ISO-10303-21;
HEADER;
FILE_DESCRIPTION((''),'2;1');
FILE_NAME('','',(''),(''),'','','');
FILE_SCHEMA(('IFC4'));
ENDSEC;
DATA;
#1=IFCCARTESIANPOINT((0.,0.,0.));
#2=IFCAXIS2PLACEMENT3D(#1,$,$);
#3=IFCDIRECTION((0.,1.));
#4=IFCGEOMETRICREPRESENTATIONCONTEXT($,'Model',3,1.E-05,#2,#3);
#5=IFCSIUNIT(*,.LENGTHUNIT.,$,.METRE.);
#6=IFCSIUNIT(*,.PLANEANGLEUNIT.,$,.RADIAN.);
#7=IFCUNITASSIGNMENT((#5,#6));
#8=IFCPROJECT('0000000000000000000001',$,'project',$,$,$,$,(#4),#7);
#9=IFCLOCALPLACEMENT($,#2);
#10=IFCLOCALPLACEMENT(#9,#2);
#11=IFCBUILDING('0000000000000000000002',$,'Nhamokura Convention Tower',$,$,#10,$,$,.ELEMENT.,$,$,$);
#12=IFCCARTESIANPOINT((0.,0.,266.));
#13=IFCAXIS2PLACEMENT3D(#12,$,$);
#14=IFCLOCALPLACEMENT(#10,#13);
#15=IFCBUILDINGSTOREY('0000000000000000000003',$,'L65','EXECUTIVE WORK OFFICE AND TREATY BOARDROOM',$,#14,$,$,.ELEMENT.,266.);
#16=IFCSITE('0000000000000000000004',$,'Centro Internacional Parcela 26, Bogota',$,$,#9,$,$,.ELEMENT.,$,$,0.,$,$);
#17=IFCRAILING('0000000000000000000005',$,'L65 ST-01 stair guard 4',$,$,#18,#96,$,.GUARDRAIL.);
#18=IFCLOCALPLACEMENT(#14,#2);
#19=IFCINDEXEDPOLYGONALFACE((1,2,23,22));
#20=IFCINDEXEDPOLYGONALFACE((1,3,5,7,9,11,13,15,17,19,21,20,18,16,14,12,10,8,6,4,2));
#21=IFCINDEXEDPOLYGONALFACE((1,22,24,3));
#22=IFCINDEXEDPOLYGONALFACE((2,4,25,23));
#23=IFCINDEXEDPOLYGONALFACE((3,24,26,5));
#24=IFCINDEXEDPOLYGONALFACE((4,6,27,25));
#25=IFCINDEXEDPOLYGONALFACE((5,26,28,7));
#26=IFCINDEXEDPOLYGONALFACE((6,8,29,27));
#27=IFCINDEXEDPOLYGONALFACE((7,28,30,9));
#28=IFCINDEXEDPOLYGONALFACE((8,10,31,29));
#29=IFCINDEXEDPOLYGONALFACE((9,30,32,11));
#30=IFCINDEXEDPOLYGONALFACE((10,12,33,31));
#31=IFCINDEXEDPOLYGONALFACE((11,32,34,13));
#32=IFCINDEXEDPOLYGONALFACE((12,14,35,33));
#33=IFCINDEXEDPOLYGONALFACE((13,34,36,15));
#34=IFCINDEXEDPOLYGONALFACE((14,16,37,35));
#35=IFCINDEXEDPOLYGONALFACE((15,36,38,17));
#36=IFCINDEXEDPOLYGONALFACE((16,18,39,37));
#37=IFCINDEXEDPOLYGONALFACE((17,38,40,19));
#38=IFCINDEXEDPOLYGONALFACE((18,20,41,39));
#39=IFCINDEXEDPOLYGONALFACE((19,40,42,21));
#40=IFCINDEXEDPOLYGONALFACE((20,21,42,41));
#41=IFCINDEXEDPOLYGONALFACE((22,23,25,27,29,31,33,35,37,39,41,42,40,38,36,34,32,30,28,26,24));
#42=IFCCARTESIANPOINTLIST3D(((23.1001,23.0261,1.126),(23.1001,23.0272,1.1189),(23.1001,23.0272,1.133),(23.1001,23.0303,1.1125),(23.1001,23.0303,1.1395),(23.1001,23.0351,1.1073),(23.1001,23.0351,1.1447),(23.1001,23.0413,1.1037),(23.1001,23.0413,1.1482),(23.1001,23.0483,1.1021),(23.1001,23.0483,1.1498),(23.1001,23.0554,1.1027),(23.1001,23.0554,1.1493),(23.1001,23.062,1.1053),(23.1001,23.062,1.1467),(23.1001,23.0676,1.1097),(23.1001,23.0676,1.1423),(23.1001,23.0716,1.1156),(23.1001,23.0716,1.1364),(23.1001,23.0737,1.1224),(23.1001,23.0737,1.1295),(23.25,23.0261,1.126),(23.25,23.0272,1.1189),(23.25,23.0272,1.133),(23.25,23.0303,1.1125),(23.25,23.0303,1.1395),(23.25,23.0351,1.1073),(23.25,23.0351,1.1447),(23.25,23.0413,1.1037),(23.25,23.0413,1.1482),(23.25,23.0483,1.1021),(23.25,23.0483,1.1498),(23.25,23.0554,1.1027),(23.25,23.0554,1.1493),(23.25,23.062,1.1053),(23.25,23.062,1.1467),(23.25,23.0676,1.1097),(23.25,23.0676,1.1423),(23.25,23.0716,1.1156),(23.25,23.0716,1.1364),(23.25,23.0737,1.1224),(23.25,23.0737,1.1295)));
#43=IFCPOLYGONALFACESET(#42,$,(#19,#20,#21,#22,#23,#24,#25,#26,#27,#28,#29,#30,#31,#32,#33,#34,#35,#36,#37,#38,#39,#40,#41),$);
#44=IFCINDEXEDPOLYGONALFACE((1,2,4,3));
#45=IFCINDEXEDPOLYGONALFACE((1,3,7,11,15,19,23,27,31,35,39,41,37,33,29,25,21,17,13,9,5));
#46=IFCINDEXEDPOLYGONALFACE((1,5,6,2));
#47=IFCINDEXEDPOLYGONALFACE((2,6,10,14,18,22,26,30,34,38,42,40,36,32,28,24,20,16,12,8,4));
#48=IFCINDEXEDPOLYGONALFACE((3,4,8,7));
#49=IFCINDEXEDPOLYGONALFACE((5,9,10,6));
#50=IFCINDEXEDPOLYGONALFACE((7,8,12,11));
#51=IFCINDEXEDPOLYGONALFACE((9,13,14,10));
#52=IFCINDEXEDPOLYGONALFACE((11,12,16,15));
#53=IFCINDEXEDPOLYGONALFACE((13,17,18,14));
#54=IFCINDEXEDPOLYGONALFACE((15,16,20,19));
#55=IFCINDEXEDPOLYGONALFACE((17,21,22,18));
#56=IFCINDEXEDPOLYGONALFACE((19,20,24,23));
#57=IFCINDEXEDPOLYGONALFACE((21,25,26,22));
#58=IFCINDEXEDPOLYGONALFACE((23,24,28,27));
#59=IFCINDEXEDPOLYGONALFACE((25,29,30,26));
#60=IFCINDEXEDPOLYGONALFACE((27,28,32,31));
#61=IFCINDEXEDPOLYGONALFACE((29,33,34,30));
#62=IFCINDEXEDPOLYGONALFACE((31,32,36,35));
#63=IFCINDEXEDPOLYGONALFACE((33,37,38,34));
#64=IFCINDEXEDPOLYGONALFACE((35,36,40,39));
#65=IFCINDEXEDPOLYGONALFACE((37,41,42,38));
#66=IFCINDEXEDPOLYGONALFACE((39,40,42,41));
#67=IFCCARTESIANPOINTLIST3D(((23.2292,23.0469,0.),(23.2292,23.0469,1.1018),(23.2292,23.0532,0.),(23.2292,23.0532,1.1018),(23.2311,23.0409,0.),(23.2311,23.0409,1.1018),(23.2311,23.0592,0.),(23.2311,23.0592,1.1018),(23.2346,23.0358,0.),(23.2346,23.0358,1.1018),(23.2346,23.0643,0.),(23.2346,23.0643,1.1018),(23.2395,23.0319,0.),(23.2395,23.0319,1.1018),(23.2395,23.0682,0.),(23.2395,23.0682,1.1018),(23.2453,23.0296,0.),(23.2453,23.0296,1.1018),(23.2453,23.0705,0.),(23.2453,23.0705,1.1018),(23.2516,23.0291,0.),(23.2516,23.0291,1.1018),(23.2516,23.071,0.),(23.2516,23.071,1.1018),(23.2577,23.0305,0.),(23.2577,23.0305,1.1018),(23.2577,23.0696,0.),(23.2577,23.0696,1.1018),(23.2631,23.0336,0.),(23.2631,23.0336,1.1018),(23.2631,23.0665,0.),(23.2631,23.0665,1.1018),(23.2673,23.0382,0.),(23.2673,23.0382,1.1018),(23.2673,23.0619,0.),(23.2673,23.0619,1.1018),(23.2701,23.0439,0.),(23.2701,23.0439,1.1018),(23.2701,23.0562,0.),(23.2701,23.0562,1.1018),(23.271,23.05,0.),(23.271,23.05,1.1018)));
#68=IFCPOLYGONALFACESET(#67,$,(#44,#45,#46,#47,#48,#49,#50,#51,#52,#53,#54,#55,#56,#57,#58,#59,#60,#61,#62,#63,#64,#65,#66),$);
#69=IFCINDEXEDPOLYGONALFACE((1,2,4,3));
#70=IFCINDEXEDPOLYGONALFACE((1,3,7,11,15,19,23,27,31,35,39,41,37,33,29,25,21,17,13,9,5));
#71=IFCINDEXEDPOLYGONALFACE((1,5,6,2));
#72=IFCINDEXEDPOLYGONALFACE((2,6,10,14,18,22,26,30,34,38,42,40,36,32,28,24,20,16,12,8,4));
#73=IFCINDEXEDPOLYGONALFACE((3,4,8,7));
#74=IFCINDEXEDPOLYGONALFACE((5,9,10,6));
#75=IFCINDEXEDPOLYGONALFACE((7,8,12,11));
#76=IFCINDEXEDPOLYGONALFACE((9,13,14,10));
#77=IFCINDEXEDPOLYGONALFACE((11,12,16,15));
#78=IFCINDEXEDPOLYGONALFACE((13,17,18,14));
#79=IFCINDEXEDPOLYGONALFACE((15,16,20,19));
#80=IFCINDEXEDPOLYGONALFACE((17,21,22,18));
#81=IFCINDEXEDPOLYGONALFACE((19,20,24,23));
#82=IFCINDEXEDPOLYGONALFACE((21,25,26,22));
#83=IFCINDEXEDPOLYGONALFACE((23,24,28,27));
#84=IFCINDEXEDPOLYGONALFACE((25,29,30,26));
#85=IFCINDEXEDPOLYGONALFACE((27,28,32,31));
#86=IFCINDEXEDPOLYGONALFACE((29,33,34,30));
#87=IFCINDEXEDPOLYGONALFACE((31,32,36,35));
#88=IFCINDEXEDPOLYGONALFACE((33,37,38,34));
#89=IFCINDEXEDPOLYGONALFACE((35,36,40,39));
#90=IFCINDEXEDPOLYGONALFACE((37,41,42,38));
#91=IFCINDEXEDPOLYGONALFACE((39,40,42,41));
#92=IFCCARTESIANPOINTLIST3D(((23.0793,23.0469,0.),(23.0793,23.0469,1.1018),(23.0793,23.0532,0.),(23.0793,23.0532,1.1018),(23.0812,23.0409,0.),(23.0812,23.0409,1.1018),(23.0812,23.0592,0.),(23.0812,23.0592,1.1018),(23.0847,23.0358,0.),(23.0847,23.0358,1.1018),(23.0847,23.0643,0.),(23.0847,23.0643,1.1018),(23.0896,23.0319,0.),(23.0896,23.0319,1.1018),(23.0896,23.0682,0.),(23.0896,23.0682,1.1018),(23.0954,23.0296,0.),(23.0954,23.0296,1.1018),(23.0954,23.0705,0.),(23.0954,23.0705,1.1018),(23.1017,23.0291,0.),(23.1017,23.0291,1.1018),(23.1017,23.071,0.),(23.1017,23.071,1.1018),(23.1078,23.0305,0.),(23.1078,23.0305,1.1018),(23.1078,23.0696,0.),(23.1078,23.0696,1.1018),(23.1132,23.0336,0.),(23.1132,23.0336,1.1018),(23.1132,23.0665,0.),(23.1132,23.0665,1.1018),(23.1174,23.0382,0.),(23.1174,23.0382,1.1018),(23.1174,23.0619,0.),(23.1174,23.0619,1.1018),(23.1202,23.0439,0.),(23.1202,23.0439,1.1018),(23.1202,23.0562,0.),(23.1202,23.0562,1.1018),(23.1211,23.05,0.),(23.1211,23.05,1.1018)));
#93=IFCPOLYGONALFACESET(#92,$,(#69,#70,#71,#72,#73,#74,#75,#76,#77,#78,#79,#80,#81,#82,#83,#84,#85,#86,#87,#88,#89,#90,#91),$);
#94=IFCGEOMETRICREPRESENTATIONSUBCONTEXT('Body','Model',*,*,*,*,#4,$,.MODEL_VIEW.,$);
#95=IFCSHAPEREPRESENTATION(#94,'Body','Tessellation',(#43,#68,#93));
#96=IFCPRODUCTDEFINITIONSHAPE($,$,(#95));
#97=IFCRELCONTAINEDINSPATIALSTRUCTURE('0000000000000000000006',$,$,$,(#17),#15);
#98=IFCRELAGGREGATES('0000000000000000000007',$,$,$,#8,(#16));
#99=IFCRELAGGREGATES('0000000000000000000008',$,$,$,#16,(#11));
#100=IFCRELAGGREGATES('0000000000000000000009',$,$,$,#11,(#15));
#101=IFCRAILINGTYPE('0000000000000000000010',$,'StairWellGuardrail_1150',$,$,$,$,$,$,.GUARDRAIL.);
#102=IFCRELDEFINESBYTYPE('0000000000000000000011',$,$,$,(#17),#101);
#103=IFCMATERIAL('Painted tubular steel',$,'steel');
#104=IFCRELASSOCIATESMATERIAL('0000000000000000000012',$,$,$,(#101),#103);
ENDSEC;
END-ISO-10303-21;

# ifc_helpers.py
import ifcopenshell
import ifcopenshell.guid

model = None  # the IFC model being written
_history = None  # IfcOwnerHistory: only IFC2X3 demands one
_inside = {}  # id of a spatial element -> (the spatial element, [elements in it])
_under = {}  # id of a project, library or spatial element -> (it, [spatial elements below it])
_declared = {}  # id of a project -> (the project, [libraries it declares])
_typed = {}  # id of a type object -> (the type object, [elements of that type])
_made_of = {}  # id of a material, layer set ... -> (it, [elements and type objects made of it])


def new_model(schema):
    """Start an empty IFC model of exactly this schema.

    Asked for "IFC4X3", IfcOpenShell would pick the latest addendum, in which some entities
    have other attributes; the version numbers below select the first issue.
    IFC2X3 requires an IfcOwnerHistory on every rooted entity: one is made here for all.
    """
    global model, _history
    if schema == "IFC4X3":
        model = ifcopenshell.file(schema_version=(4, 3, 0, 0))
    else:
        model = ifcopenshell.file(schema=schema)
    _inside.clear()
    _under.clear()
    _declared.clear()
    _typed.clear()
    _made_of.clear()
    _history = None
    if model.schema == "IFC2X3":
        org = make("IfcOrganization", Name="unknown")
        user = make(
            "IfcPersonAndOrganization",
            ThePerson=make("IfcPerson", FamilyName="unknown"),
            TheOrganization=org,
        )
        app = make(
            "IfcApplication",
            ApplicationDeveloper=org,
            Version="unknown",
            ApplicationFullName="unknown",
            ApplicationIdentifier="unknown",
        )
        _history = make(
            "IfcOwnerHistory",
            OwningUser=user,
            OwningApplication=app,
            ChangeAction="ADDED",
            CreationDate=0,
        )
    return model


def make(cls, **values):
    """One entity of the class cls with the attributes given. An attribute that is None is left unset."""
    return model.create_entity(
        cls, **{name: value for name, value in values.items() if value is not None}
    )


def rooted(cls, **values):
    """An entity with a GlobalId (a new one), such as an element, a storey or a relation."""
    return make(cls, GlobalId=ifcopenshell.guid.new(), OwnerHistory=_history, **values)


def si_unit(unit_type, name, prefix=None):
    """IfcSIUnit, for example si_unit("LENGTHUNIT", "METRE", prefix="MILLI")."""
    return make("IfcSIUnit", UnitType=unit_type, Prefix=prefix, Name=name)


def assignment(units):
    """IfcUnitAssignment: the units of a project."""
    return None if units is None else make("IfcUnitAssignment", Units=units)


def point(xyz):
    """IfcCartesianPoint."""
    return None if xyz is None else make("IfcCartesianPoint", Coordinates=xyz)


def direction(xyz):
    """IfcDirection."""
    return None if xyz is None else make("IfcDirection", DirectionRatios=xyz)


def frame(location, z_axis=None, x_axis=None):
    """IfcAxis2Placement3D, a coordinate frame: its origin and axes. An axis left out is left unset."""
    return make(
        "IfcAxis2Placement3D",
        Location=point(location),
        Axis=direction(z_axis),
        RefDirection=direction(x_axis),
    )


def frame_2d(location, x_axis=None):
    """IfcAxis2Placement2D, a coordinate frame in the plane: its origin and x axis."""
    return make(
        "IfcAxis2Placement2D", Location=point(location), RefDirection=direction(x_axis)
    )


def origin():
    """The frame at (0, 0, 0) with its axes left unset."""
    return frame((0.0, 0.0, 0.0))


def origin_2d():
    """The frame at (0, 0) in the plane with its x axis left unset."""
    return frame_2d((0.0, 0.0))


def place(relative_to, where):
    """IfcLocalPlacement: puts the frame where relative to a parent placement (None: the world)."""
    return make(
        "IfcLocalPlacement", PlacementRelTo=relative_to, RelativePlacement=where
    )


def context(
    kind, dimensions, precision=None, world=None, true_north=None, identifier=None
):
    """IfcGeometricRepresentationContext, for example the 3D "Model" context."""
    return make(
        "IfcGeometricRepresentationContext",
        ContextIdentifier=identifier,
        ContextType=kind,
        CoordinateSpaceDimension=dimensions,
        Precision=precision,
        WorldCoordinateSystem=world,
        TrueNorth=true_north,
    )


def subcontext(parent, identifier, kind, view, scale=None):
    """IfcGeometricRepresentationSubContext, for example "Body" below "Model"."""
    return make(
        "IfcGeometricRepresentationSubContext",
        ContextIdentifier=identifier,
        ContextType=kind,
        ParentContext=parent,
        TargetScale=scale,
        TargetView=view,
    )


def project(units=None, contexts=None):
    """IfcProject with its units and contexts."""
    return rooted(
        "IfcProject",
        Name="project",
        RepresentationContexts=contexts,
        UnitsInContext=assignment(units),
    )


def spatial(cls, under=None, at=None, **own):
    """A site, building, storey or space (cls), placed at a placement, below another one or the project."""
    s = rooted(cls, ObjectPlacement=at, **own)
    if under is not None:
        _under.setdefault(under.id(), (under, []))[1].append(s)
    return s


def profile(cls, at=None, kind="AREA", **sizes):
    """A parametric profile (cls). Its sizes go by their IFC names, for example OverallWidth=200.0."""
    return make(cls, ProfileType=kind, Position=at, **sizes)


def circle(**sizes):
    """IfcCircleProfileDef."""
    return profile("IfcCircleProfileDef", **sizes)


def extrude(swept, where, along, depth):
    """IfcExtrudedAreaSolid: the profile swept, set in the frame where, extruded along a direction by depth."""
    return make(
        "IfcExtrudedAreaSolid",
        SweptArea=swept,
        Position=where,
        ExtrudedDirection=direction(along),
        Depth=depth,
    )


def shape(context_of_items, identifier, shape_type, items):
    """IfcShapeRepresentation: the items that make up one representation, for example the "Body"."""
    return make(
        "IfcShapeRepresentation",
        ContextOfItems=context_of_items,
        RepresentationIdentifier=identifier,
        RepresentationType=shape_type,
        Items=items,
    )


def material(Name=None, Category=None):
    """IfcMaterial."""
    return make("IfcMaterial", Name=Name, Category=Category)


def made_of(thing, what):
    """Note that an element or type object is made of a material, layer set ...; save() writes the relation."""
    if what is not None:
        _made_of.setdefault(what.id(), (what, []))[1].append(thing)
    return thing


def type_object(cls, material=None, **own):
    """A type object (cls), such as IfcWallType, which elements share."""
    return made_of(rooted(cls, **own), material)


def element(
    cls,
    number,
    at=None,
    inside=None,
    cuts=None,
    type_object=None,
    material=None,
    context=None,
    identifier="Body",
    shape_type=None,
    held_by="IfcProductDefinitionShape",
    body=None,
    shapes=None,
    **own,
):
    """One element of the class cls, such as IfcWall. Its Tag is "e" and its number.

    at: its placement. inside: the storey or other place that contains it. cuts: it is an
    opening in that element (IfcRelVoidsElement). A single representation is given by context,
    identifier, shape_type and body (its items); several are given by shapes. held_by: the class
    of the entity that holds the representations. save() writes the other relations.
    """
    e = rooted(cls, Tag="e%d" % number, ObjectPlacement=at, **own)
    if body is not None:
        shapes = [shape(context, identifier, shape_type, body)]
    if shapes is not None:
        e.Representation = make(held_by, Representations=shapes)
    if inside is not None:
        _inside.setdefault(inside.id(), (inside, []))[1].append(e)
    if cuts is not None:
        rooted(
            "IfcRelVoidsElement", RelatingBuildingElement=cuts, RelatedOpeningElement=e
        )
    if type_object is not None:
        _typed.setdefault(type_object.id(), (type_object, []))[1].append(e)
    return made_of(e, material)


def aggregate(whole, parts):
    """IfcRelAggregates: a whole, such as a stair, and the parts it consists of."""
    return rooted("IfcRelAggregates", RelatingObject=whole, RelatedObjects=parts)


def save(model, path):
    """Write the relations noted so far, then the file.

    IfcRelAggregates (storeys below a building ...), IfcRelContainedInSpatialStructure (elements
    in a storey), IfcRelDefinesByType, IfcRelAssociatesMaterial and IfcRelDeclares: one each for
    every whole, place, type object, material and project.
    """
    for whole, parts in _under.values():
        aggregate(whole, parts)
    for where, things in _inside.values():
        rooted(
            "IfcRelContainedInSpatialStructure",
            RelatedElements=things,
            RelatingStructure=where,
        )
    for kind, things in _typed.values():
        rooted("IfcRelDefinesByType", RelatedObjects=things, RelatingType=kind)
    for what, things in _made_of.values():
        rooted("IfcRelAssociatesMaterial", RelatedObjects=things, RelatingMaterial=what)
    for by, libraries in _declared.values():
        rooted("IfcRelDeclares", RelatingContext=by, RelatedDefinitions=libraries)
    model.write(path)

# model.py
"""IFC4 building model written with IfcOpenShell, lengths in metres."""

from ifc_helpers import new_model, si_unit, direction, frame, origin, origin_2d, place, context, subcontext, project, spatial, circle, extrude, material, type_object, element, save


model = new_model("IFC4")

# Units and contexts
model_context = context("Model", 3, precision=1e-05, world=origin(), true_north=direction((0.0, 1.0)))
body_context = subcontext(model_context, "Body", "Model", "MODEL_VIEW")
ifc_project = project(units=[si_unit("LENGTHUNIT", "METRE"), si_unit("PLANEANGLEUNIT", "RADIAN")], contexts=[model_context])

# Site, building, storey
site_placement = place(None, origin())
site = spatial("IfcSite", under=ifc_project, at=site_placement, Name="Centro Internacional Parcela 26, Bogota", CompositionType="ELEMENT", RefElevation=0.0)
building_placement = place(site_placement, origin())
building = spatial("IfcBuilding", under=site, at=building_placement, Name="Nhamokura Convention Tower", CompositionType="ELEMENT")
storey_placement = place(building_placement, frame((0.0, 0.0, 266.0)))
storey = spatial("IfcBuildingStorey", under=building, at=storey_placement, Name="L65", Description="EXECUTIVE WORK OFFICE AND TREATY BOARDROOM", CompositionType="ELEMENT", Elevation=266.0)

# Railing
ifc_material_1 = material(Name="Painted tubular steel", Category="steel")
railing_type_1 = type_object("IfcRailingType", Name="StairWellGuardrail_1150", PredefinedType="GUARDRAIL", material=ifc_material_1)
railing_1_placement = place(storey_placement, frame((23.25, 23.05, 0.0)))
element("IfcRailing", 1, at=railing_1_placement, inside=storey, type_object=railing_type_1, Name="L65 ST-01 stair guard 4", PredefinedType="GUARDRAIL", context=body_context, shape_type="SweptSolid", body=[
    extrude(circle(Radius=0.0239, at=origin_2d()), frame((0.0, 0.0, 1.126), z_axis=(-1.0, 0.0, 0.0), x_axis=(0.0, -1.0, 0.0)), (0.0, 0.0, 1.0), 0.1499),
    extrude(circle(Radius=0.021, at=origin_2d()), origin(), (0.0, 0.0, 1.0), 1.1018),
    extrude(circle(Radius=0.021, at=origin_2d()), frame((-0.1499, 0.0, 0.0)), (0.0, 0.0, 1.0), 1.1018),
])

save(model, "model.ifc")
